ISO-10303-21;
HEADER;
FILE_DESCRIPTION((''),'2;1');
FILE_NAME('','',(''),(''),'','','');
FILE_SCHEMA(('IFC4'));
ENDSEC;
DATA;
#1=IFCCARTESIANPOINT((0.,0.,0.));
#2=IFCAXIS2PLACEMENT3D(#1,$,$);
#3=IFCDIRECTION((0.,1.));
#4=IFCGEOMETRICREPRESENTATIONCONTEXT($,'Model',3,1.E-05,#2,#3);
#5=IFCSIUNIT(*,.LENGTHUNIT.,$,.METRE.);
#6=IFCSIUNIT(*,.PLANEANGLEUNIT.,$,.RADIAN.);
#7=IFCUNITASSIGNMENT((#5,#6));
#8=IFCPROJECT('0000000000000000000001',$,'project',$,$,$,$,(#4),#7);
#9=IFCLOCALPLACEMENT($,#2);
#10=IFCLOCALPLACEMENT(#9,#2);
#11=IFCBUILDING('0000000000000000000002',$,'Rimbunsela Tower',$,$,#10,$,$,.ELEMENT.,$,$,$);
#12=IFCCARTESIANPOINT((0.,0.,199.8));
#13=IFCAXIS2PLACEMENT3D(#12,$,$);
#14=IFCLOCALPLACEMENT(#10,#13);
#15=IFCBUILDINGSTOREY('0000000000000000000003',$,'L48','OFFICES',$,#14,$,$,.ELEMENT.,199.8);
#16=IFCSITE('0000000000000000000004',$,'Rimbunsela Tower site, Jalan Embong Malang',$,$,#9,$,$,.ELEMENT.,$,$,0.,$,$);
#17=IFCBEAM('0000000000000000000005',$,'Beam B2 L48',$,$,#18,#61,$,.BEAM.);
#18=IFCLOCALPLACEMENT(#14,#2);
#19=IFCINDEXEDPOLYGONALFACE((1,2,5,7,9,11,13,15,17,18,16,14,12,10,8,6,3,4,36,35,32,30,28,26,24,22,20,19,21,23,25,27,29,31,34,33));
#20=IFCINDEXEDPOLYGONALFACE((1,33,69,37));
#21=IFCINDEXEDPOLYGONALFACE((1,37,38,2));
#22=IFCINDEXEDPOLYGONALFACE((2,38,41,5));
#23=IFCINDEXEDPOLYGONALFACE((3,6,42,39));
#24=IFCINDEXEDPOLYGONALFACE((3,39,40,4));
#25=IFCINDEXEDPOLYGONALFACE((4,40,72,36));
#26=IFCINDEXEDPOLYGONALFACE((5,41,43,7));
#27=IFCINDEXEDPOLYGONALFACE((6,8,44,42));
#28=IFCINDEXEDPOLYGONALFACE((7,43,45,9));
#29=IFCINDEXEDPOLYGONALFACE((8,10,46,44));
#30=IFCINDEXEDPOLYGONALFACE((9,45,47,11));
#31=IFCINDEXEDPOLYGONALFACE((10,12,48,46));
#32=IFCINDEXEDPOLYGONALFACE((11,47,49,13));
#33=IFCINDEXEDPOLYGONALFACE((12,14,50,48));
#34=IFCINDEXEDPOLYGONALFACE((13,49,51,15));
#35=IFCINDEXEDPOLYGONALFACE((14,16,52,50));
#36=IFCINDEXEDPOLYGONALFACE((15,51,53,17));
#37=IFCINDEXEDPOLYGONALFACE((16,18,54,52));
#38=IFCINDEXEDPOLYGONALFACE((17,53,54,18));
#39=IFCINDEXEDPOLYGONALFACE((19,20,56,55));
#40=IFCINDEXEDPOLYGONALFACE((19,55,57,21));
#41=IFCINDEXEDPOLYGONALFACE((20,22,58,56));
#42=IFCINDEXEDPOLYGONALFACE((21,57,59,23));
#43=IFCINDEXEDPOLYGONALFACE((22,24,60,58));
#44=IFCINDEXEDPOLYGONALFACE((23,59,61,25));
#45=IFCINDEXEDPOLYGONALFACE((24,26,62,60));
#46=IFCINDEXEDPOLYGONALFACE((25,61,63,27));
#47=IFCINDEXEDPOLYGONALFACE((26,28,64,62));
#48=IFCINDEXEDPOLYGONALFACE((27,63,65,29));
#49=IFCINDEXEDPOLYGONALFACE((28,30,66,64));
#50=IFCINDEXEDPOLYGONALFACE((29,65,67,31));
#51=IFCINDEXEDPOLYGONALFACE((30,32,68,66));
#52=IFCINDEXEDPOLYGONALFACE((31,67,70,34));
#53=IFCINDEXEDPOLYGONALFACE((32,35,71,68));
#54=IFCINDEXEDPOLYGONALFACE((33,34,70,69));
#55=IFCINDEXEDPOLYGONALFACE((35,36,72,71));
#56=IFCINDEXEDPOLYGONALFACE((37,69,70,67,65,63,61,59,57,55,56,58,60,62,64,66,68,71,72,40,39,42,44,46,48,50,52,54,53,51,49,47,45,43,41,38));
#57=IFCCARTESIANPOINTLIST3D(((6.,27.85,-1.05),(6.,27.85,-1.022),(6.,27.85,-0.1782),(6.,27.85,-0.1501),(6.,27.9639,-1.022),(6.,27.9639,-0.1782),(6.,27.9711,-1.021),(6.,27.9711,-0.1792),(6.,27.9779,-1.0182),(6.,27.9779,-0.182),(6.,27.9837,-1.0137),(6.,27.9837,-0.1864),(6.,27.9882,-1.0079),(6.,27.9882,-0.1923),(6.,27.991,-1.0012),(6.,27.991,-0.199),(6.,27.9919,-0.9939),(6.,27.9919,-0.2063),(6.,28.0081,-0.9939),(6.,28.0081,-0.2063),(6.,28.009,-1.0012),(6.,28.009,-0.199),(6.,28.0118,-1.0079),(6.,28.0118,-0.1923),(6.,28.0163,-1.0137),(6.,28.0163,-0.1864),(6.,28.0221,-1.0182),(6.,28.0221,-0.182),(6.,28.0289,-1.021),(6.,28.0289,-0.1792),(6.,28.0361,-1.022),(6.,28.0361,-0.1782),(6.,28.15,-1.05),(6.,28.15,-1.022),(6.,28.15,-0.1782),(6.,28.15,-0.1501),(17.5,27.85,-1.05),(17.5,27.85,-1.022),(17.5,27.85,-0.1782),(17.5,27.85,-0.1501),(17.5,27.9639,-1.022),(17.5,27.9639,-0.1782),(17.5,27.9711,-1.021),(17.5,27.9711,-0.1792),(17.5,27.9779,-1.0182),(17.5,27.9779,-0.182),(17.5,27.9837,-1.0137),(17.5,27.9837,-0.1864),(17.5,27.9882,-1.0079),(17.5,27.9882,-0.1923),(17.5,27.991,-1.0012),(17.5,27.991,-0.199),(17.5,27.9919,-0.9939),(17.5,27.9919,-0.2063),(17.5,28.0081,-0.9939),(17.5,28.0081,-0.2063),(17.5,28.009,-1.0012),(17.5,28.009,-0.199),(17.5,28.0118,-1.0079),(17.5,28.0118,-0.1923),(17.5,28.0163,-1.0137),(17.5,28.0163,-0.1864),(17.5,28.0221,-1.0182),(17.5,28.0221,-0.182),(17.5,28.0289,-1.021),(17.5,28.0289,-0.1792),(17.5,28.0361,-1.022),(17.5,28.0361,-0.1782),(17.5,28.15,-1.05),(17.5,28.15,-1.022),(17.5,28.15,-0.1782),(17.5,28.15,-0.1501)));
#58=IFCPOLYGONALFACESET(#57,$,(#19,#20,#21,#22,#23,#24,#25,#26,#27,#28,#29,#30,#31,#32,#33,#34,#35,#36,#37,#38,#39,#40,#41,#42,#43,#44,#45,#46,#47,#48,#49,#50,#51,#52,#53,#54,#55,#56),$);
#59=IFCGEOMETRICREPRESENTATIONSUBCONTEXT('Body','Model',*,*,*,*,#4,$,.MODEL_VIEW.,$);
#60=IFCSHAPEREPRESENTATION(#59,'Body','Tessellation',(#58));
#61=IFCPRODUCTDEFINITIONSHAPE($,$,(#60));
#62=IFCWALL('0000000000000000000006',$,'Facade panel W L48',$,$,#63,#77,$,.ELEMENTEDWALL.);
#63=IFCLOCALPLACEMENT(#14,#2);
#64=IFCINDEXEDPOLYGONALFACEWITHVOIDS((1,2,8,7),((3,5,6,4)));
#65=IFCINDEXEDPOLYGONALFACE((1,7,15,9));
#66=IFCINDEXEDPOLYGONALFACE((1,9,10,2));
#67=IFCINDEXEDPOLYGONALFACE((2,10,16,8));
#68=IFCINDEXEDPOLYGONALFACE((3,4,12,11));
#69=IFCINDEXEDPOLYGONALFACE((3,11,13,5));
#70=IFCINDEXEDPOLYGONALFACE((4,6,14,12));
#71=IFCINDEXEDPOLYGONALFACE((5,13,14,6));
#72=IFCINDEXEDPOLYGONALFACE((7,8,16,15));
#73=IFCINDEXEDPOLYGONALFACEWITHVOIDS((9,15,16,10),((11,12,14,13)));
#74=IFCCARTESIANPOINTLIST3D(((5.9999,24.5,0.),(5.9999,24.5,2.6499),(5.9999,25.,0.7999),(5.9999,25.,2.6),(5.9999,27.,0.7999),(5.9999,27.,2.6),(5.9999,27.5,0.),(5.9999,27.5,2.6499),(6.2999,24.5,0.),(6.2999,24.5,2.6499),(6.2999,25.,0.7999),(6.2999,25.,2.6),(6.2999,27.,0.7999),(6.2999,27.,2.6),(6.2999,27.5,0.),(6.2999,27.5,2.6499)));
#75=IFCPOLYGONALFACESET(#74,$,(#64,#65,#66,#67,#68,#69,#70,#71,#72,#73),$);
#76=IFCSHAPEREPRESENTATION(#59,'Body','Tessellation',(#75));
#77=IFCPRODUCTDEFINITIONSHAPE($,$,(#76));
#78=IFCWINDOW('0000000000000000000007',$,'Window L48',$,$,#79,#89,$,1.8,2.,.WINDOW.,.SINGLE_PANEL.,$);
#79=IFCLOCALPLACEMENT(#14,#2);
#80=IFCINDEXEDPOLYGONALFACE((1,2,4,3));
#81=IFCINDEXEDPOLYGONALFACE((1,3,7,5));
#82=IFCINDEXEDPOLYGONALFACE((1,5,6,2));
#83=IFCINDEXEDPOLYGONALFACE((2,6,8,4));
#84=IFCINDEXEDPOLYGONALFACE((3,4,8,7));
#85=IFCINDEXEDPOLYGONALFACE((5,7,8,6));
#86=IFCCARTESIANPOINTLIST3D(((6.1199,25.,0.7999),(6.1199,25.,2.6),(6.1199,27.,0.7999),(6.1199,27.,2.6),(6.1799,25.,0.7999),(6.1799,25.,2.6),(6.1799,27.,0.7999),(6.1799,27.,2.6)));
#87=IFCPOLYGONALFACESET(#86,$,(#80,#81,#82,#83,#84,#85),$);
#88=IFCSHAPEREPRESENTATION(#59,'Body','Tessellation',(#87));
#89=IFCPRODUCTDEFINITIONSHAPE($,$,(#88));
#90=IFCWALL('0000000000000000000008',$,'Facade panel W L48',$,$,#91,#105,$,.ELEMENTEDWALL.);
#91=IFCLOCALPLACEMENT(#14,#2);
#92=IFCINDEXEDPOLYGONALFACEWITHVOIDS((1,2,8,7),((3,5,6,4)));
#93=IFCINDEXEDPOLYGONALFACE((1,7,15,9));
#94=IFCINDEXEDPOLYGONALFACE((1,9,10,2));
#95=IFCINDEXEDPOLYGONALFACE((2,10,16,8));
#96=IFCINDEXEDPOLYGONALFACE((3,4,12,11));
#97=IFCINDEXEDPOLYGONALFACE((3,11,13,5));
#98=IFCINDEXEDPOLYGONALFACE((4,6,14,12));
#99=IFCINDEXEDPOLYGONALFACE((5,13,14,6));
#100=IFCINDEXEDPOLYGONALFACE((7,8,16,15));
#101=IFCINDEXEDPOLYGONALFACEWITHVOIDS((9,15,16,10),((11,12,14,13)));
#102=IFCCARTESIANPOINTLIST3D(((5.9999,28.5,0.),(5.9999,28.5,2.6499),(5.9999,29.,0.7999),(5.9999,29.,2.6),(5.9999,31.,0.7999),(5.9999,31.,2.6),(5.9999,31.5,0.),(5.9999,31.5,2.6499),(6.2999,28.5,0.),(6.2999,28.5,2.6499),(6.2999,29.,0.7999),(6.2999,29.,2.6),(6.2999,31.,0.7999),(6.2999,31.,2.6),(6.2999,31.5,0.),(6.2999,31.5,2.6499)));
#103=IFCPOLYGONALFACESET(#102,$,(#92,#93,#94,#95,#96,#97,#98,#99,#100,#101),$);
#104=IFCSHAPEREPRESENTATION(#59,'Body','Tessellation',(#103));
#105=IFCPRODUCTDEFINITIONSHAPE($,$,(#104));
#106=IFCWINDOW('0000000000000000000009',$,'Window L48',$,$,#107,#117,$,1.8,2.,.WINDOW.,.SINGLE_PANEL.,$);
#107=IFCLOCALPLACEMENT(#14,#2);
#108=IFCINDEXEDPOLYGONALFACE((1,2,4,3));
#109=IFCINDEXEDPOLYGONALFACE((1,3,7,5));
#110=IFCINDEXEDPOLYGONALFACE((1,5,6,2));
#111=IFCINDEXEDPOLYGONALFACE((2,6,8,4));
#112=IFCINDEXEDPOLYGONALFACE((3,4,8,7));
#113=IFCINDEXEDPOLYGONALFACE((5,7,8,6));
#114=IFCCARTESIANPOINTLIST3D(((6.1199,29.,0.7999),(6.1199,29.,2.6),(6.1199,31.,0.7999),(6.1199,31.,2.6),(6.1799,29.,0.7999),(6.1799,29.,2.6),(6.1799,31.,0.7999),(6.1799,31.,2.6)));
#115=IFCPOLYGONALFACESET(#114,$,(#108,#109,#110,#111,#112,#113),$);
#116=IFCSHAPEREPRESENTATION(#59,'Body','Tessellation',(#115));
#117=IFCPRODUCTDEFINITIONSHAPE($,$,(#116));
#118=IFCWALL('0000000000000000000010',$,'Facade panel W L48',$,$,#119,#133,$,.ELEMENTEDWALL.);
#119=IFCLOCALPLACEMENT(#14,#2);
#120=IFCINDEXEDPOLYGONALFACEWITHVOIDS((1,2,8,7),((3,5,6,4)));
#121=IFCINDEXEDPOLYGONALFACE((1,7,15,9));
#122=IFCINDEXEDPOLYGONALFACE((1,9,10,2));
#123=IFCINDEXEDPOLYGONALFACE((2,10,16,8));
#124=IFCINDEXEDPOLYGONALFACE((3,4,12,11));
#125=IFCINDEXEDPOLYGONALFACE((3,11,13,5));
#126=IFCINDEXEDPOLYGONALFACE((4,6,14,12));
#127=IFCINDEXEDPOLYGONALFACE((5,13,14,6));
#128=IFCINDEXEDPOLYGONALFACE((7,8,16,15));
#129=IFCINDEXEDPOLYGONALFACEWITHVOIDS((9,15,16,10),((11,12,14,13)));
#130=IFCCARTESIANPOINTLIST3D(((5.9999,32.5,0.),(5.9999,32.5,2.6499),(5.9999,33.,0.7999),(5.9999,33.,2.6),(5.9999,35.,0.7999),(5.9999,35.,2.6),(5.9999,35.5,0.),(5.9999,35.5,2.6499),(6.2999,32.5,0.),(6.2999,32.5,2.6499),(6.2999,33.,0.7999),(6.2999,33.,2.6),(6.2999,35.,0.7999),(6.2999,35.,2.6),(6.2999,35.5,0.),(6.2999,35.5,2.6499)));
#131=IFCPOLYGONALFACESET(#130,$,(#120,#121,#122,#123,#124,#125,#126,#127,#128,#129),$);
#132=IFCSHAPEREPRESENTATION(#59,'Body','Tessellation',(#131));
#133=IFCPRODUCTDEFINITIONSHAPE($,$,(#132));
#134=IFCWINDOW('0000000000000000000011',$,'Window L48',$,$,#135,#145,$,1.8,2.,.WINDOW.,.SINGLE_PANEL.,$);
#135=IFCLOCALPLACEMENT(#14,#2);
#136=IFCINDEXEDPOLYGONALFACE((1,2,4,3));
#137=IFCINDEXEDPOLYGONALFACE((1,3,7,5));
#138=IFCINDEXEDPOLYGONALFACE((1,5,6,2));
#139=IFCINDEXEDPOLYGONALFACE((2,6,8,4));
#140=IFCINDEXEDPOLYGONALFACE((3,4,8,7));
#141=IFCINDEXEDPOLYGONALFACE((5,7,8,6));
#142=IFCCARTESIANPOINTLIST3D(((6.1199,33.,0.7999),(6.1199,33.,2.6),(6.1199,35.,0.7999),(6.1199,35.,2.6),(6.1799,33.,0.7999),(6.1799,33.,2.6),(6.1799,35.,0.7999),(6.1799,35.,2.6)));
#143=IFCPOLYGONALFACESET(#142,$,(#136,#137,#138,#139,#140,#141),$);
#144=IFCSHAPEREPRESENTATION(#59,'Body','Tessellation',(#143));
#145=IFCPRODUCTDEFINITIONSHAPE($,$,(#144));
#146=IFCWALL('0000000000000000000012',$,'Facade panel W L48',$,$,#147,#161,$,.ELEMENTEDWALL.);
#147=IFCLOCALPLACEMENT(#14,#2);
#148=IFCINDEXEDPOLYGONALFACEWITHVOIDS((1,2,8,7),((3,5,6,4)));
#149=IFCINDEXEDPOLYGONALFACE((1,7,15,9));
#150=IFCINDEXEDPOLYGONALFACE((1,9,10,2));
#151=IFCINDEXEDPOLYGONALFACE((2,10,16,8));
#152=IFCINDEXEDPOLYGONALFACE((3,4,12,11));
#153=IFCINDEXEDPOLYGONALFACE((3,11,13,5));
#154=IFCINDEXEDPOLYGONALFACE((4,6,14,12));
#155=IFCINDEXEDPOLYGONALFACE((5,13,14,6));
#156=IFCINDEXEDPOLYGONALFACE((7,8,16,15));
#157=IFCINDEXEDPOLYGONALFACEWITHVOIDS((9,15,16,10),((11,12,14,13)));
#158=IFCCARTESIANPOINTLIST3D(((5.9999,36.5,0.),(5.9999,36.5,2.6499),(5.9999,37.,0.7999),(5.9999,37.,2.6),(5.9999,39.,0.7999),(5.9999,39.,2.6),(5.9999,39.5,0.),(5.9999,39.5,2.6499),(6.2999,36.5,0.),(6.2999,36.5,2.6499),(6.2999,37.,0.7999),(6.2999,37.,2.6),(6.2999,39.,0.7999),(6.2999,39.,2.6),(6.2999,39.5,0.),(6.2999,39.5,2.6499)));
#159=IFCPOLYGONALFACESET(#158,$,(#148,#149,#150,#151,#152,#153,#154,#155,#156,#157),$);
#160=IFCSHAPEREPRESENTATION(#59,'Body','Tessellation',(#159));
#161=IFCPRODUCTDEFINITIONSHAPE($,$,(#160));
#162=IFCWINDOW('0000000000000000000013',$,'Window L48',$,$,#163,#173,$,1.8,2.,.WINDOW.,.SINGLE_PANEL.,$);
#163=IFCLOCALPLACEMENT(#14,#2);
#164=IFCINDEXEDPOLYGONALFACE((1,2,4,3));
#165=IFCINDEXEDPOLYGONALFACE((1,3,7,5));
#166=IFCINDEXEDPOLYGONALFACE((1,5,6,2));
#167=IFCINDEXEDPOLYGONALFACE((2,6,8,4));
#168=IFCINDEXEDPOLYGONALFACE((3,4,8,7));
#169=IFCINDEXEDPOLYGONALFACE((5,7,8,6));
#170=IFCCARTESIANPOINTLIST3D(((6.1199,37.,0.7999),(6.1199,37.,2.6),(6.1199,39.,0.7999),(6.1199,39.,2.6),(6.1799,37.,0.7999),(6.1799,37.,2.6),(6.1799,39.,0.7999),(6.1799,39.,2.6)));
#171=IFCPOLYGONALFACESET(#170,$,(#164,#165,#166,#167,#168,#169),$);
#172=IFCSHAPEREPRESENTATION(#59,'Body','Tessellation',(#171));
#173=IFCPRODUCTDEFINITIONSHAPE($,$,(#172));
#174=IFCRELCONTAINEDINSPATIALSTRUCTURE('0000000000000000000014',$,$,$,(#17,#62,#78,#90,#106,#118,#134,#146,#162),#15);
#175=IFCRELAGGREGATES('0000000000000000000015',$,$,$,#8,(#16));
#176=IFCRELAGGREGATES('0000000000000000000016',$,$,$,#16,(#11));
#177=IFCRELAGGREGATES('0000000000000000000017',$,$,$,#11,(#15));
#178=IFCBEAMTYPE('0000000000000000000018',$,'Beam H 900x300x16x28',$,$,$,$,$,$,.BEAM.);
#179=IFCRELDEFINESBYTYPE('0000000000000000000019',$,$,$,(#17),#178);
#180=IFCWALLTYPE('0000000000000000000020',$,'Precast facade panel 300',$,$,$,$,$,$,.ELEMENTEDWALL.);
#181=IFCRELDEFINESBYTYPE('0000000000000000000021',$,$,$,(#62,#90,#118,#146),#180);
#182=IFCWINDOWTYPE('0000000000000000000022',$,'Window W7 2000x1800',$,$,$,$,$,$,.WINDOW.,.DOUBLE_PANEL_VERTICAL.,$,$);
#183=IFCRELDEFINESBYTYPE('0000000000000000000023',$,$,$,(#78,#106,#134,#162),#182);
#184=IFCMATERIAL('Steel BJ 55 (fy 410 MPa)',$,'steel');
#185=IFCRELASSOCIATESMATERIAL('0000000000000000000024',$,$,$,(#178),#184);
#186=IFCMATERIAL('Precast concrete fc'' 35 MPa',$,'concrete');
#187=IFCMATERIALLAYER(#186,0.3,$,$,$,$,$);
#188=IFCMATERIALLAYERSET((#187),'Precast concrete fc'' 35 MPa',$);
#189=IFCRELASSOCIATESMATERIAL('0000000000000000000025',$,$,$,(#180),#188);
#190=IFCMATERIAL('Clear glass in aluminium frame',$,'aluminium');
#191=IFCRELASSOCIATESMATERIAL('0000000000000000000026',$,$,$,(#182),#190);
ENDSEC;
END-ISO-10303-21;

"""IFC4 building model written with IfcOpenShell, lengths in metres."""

from ifc_helpers import new_model, si_unit, direction, frame, frame_2d, origin, origin_2d, place, context, subcontext, project, spatial, rectangle, i_section, extrude, material, layer, layer_set, material_profile, profile_set, type_object, element, fill, save


model = new_model("IFC4")

# Units and contexts
model_context = context("Model", 3, precision=1e-05, world=origin(), true_north=direction((0.0, 1.0)))
body_context = subcontext(model_context, "Body", "Model", "MODEL_VIEW")
ifc_project = project(units=[si_unit("LENGTHUNIT", "METRE"), si_unit("PLANEANGLEUNIT", "RADIAN")], contexts=[model_context])

# Site, building, storey
site_placement = place(None, origin())
site = spatial("IfcSite", under=ifc_project, at=site_placement, Name="Rimbunsela Tower site, Jalan Embong Malang", CompositionType="ELEMENT", RefElevation=0.0)
building_placement = place(site_placement, origin())
building = spatial("IfcBuilding", under=site, at=building_placement, Name="Rimbunsela Tower", CompositionType="ELEMENT")
storey_placement = place(building_placement, frame((0.0, 0.0, 199.8)))
storey = spatial("IfcBuildingStorey", under=building, at=storey_placement, Name="L48", Description="OFFICES", CompositionType="ELEMENT", Elevation=199.8)

# Beam
ifc_material_1 = material(Name="Steel BJ 55 (fy 410 MPa)", Category="steel")
ifc_material_profile_1 = material_profile(ifc_material_1, i_section(OverallWidth=0.3, OverallDepth=0.8999, WebThickness=0.0161, FlangeThickness=0.0281, FilletRadius=0.0281, at=origin_2d()), Name="H 900x300x16x28")
ifc_profile_set_1 = profile_set([ifc_material_profile_1], Name="Steel BJ 55 (fy 410 MPa)")
beam_type_1 = type_object("IfcBeamType", Name="Beam H 900x300x16x28", PredefinedType="BEAM", material=ifc_profile_set_1)
beam_1_placement = place(storey_placement, frame((6.0, 28.0, -0.6001), z_axis=(1.0, 0.0, 0.0), x_axis=(0.0, 1.0, 0.0)))
element("IfcBeam", 1, at=beam_1_placement, inside=storey, type_object=beam_type_1, Name="Beam B2 L48", PredefinedType="BEAM", context=body_context, shape_type="SweptSolid", body=[
    extrude(i_section(OverallWidth=0.3, OverallDepth=0.8999, WebThickness=0.0161, FlangeThickness=0.0281, FilletRadius=0.0281, at=origin_2d()), origin(), (0.0, 0.0, 1.0), 11.5),
])

# Walls, openings, windows
ifc_material_2 = material(Name="Precast concrete fc' 35 MPa", Category="concrete")
ifc_layer_1 = layer(ifc_material_2, 0.3)
ifc_layer_set_1 = layer_set([ifc_layer_1], Name="Precast concrete fc' 35 MPa")
wall_type = type_object("IfcWallType", Name="Precast facade panel 300", PredefinedType="ELEMENTEDWALL", material=ifc_layer_set_1)
wall_1_placement = place(storey_placement, frame((6.1499, 27.5, 0.0), z_axis=(0.0, 0.0, 1.0), x_axis=(0.0, -1.0, 0.0)))
wall_1 = element("IfcWall", 2, at=wall_1_placement, inside=storey, type_object=wall_type, Name="Facade panel W L48", PredefinedType="ELEMENTEDWALL", context=body_context, shape_type="SweptSolid", body=[
    extrude(rectangle(XDim=3.0, YDim=0.3, at=frame_2d((1.5, 0.0))), origin(), (0.0, 0.0, 1.0), 2.6499),
])
opening_1_placement = place(wall_1_placement, frame((0.5, 0.0, 0.8)))
opening_1 = element("IfcOpeningElement", 3, at=opening_1_placement, cuts=wall_1, PredefinedType="OPENING", context=body_context, shape_type="SweptSolid", body=[
    extrude(rectangle(XDim=2.0, YDim=1.8, at=frame_2d((1.0, 0.8999))), frame((0.0, 0.1599, 0.0), z_axis=(0.0, -1.0, 0.0), x_axis=(1.0, 0.0, 0.0)), (0.0, 0.0, 1.0), 0.3201),
])
ifc_material_3 = material(Name="Clear glass in aluminium frame", Category="aluminium")
window_type = type_object("IfcWindowType", Name="Window W7 2000x1800", PartitioningType="DOUBLE_PANEL_VERTICAL", PredefinedType="WINDOW", material=ifc_material_3)
window_1_placement = place(opening_1_placement, origin())
window_1 = element("IfcWindow", 4, at=window_1_placement, inside=storey, type_object=window_type, Name="Window L48", OverallHeight=1.8, OverallWidth=2.0, PartitioningType="SINGLE_PANEL", PredefinedType="WINDOW", context=body_context, shape_type="SweptSolid", body=[
    extrude(rectangle(XDim=2.0, YDim=1.8, at=frame_2d((1.0, 0.8999))), frame((0.0, 0.03, 0.0), z_axis=(0.0, -1.0, 0.0), x_axis=(1.0, 0.0, 0.0)), (0.0, 0.0, 1.0), 0.0601),
])
fill(opening_1, window_1)
wall_2_placement = place(storey_placement, frame((6.1499, 31.5, 0.0), z_axis=(0.0, 0.0, 1.0), x_axis=(0.0, -1.0, 0.0)))
wall_2 = element("IfcWall", 5, at=wall_2_placement, inside=storey, type_object=wall_type, Name="Facade panel W L48", PredefinedType="ELEMENTEDWALL", context=body_context, shape_type="SweptSolid", body=[
    extrude(rectangle(XDim=3.0, YDim=0.3, at=frame_2d((1.5, 0.0))), origin(), (0.0, 0.0, 1.0), 2.6499),
])
opening_2_placement = place(wall_2_placement, frame((0.5, 0.0, 0.8)))
opening_2 = element("IfcOpeningElement", 6, at=opening_2_placement, cuts=wall_2, PredefinedType="OPENING", context=body_context, shape_type="SweptSolid", body=[
    extrude(rectangle(XDim=2.0, YDim=1.8, at=frame_2d((1.0, 0.8999))), frame((0.0, 0.1599, 0.0), z_axis=(0.0, -1.0, 0.0), x_axis=(1.0, 0.0, 0.0)), (0.0, 0.0, 1.0), 0.3201),
])
window_2_placement = place(opening_2_placement, origin())
window_2 = element("IfcWindow", 7, at=window_2_placement, inside=storey, type_object=window_type, Name="Window L48", OverallHeight=1.8, OverallWidth=2.0, PartitioningType="SINGLE_PANEL", PredefinedType="WINDOW", context=body_context, shape_type="SweptSolid", body=[
    extrude(rectangle(XDim=2.0, YDim=1.8, at=frame_2d((1.0, 0.8999))), frame((0.0, 0.03, 0.0), z_axis=(0.0, -1.0, 0.0), x_axis=(1.0, 0.0, 0.0)), (0.0, 0.0, 1.0), 0.0601),
])
fill(opening_2, window_2)
wall_3_placement = place(storey_placement, frame((6.1499, 35.5, 0.0), z_axis=(0.0, 0.0, 1.0), x_axis=(0.0, -1.0, 0.0)))
wall_3 = element("IfcWall", 8, at=wall_3_placement, inside=storey, type_object=wall_type, Name="Facade panel W L48", PredefinedType="ELEMENTEDWALL", context=body_context, shape_type="SweptSolid", body=[
    extrude(rectangle(XDim=3.0, YDim=0.3, at=frame_2d((1.5, 0.0))), origin(), (0.0, 0.0, 1.0), 2.6499),
])
opening_3_placement = place(wall_3_placement, frame((0.5, 0.0, 0.8)))
opening_3 = element("IfcOpeningElement", 9, at=opening_3_placement, cuts=wall_3, PredefinedType="OPENING", context=body_context, shape_type="SweptSolid", body=[
    extrude(rectangle(XDim=2.0, YDim=1.8, at=frame_2d((1.0, 0.8999))), frame((0.0, 0.1599, 0.0), z_axis=(0.0, -1.0, 0.0), x_axis=(1.0, 0.0, 0.0)), (0.0, 0.0, 1.0), 0.3201),
])
window_3_placement = place(opening_3_placement, origin())
window_3 = element("IfcWindow", 10, at=window_3_placement, inside=storey, type_object=window_type, Name="Window L48", OverallHeight=1.8, OverallWidth=2.0, PartitioningType="SINGLE_PANEL", PredefinedType="WINDOW", context=body_context, shape_type="SweptSolid", body=[
    extrude(rectangle(XDim=2.0, YDim=1.8, at=frame_2d((1.0, 0.8999))), frame((0.0, 0.03, 0.0), z_axis=(0.0, -1.0, 0.0), x_axis=(1.0, 0.0, 0.0)), (0.0, 0.0, 1.0), 0.0601),
])
fill(opening_3, window_3)
wall_4_placement = place(storey_placement, frame((6.1499, 39.5, 0.0), z_axis=(0.0, 0.0, 1.0), x_axis=(0.0, -1.0, 0.0)))
wall_4 = element("IfcWall", 11, at=wall_4_placement, inside=storey, type_object=wall_type, Name="Facade panel W L48", PredefinedType="ELEMENTEDWALL", context=body_context, shape_type="SweptSolid", body=[
    extrude(rectangle(XDim=3.0, YDim=0.3, at=frame_2d((1.5, 0.0))), origin(), (0.0, 0.0, 1.0), 2.6499),
])
opening_4_placement = place(wall_4_placement, frame((0.5, 0.0, 0.8)))
opening_4 = element("IfcOpeningElement", 12, at=opening_4_placement, cuts=wall_4, PredefinedType="OPENING", context=body_context, shape_type="SweptSolid", body=[
    extrude(rectangle(XDim=2.0, YDim=1.8, at=frame_2d((1.0, 0.8999))), frame((0.0, 0.1599, 0.0), z_axis=(0.0, -1.0, 0.0), x_axis=(1.0, 0.0, 0.0)), (0.0, 0.0, 1.0), 0.3201),
])
window_4_placement = place(opening_4_placement, origin())
window_4 = element("IfcWindow", 13, at=window_4_placement, inside=storey, type_object=window_type, Name="Window L48", OverallHeight=1.8, OverallWidth=2.0, PartitioningType="SINGLE_PANEL", PredefinedType="WINDOW", context=body_context, shape_type="SweptSolid", body=[
    extrude(rectangle(XDim=2.0, YDim=1.8, at=frame_2d((1.0, 0.8999))), frame((0.0, 0.03, 0.0), z_axis=(0.0, -1.0, 0.0), x_axis=(1.0, 0.0, 0.0)), (0.0, 0.0, 1.0), 0.0601),
])
fill(opening_4, window_4)

save(model, "model.ifc")
